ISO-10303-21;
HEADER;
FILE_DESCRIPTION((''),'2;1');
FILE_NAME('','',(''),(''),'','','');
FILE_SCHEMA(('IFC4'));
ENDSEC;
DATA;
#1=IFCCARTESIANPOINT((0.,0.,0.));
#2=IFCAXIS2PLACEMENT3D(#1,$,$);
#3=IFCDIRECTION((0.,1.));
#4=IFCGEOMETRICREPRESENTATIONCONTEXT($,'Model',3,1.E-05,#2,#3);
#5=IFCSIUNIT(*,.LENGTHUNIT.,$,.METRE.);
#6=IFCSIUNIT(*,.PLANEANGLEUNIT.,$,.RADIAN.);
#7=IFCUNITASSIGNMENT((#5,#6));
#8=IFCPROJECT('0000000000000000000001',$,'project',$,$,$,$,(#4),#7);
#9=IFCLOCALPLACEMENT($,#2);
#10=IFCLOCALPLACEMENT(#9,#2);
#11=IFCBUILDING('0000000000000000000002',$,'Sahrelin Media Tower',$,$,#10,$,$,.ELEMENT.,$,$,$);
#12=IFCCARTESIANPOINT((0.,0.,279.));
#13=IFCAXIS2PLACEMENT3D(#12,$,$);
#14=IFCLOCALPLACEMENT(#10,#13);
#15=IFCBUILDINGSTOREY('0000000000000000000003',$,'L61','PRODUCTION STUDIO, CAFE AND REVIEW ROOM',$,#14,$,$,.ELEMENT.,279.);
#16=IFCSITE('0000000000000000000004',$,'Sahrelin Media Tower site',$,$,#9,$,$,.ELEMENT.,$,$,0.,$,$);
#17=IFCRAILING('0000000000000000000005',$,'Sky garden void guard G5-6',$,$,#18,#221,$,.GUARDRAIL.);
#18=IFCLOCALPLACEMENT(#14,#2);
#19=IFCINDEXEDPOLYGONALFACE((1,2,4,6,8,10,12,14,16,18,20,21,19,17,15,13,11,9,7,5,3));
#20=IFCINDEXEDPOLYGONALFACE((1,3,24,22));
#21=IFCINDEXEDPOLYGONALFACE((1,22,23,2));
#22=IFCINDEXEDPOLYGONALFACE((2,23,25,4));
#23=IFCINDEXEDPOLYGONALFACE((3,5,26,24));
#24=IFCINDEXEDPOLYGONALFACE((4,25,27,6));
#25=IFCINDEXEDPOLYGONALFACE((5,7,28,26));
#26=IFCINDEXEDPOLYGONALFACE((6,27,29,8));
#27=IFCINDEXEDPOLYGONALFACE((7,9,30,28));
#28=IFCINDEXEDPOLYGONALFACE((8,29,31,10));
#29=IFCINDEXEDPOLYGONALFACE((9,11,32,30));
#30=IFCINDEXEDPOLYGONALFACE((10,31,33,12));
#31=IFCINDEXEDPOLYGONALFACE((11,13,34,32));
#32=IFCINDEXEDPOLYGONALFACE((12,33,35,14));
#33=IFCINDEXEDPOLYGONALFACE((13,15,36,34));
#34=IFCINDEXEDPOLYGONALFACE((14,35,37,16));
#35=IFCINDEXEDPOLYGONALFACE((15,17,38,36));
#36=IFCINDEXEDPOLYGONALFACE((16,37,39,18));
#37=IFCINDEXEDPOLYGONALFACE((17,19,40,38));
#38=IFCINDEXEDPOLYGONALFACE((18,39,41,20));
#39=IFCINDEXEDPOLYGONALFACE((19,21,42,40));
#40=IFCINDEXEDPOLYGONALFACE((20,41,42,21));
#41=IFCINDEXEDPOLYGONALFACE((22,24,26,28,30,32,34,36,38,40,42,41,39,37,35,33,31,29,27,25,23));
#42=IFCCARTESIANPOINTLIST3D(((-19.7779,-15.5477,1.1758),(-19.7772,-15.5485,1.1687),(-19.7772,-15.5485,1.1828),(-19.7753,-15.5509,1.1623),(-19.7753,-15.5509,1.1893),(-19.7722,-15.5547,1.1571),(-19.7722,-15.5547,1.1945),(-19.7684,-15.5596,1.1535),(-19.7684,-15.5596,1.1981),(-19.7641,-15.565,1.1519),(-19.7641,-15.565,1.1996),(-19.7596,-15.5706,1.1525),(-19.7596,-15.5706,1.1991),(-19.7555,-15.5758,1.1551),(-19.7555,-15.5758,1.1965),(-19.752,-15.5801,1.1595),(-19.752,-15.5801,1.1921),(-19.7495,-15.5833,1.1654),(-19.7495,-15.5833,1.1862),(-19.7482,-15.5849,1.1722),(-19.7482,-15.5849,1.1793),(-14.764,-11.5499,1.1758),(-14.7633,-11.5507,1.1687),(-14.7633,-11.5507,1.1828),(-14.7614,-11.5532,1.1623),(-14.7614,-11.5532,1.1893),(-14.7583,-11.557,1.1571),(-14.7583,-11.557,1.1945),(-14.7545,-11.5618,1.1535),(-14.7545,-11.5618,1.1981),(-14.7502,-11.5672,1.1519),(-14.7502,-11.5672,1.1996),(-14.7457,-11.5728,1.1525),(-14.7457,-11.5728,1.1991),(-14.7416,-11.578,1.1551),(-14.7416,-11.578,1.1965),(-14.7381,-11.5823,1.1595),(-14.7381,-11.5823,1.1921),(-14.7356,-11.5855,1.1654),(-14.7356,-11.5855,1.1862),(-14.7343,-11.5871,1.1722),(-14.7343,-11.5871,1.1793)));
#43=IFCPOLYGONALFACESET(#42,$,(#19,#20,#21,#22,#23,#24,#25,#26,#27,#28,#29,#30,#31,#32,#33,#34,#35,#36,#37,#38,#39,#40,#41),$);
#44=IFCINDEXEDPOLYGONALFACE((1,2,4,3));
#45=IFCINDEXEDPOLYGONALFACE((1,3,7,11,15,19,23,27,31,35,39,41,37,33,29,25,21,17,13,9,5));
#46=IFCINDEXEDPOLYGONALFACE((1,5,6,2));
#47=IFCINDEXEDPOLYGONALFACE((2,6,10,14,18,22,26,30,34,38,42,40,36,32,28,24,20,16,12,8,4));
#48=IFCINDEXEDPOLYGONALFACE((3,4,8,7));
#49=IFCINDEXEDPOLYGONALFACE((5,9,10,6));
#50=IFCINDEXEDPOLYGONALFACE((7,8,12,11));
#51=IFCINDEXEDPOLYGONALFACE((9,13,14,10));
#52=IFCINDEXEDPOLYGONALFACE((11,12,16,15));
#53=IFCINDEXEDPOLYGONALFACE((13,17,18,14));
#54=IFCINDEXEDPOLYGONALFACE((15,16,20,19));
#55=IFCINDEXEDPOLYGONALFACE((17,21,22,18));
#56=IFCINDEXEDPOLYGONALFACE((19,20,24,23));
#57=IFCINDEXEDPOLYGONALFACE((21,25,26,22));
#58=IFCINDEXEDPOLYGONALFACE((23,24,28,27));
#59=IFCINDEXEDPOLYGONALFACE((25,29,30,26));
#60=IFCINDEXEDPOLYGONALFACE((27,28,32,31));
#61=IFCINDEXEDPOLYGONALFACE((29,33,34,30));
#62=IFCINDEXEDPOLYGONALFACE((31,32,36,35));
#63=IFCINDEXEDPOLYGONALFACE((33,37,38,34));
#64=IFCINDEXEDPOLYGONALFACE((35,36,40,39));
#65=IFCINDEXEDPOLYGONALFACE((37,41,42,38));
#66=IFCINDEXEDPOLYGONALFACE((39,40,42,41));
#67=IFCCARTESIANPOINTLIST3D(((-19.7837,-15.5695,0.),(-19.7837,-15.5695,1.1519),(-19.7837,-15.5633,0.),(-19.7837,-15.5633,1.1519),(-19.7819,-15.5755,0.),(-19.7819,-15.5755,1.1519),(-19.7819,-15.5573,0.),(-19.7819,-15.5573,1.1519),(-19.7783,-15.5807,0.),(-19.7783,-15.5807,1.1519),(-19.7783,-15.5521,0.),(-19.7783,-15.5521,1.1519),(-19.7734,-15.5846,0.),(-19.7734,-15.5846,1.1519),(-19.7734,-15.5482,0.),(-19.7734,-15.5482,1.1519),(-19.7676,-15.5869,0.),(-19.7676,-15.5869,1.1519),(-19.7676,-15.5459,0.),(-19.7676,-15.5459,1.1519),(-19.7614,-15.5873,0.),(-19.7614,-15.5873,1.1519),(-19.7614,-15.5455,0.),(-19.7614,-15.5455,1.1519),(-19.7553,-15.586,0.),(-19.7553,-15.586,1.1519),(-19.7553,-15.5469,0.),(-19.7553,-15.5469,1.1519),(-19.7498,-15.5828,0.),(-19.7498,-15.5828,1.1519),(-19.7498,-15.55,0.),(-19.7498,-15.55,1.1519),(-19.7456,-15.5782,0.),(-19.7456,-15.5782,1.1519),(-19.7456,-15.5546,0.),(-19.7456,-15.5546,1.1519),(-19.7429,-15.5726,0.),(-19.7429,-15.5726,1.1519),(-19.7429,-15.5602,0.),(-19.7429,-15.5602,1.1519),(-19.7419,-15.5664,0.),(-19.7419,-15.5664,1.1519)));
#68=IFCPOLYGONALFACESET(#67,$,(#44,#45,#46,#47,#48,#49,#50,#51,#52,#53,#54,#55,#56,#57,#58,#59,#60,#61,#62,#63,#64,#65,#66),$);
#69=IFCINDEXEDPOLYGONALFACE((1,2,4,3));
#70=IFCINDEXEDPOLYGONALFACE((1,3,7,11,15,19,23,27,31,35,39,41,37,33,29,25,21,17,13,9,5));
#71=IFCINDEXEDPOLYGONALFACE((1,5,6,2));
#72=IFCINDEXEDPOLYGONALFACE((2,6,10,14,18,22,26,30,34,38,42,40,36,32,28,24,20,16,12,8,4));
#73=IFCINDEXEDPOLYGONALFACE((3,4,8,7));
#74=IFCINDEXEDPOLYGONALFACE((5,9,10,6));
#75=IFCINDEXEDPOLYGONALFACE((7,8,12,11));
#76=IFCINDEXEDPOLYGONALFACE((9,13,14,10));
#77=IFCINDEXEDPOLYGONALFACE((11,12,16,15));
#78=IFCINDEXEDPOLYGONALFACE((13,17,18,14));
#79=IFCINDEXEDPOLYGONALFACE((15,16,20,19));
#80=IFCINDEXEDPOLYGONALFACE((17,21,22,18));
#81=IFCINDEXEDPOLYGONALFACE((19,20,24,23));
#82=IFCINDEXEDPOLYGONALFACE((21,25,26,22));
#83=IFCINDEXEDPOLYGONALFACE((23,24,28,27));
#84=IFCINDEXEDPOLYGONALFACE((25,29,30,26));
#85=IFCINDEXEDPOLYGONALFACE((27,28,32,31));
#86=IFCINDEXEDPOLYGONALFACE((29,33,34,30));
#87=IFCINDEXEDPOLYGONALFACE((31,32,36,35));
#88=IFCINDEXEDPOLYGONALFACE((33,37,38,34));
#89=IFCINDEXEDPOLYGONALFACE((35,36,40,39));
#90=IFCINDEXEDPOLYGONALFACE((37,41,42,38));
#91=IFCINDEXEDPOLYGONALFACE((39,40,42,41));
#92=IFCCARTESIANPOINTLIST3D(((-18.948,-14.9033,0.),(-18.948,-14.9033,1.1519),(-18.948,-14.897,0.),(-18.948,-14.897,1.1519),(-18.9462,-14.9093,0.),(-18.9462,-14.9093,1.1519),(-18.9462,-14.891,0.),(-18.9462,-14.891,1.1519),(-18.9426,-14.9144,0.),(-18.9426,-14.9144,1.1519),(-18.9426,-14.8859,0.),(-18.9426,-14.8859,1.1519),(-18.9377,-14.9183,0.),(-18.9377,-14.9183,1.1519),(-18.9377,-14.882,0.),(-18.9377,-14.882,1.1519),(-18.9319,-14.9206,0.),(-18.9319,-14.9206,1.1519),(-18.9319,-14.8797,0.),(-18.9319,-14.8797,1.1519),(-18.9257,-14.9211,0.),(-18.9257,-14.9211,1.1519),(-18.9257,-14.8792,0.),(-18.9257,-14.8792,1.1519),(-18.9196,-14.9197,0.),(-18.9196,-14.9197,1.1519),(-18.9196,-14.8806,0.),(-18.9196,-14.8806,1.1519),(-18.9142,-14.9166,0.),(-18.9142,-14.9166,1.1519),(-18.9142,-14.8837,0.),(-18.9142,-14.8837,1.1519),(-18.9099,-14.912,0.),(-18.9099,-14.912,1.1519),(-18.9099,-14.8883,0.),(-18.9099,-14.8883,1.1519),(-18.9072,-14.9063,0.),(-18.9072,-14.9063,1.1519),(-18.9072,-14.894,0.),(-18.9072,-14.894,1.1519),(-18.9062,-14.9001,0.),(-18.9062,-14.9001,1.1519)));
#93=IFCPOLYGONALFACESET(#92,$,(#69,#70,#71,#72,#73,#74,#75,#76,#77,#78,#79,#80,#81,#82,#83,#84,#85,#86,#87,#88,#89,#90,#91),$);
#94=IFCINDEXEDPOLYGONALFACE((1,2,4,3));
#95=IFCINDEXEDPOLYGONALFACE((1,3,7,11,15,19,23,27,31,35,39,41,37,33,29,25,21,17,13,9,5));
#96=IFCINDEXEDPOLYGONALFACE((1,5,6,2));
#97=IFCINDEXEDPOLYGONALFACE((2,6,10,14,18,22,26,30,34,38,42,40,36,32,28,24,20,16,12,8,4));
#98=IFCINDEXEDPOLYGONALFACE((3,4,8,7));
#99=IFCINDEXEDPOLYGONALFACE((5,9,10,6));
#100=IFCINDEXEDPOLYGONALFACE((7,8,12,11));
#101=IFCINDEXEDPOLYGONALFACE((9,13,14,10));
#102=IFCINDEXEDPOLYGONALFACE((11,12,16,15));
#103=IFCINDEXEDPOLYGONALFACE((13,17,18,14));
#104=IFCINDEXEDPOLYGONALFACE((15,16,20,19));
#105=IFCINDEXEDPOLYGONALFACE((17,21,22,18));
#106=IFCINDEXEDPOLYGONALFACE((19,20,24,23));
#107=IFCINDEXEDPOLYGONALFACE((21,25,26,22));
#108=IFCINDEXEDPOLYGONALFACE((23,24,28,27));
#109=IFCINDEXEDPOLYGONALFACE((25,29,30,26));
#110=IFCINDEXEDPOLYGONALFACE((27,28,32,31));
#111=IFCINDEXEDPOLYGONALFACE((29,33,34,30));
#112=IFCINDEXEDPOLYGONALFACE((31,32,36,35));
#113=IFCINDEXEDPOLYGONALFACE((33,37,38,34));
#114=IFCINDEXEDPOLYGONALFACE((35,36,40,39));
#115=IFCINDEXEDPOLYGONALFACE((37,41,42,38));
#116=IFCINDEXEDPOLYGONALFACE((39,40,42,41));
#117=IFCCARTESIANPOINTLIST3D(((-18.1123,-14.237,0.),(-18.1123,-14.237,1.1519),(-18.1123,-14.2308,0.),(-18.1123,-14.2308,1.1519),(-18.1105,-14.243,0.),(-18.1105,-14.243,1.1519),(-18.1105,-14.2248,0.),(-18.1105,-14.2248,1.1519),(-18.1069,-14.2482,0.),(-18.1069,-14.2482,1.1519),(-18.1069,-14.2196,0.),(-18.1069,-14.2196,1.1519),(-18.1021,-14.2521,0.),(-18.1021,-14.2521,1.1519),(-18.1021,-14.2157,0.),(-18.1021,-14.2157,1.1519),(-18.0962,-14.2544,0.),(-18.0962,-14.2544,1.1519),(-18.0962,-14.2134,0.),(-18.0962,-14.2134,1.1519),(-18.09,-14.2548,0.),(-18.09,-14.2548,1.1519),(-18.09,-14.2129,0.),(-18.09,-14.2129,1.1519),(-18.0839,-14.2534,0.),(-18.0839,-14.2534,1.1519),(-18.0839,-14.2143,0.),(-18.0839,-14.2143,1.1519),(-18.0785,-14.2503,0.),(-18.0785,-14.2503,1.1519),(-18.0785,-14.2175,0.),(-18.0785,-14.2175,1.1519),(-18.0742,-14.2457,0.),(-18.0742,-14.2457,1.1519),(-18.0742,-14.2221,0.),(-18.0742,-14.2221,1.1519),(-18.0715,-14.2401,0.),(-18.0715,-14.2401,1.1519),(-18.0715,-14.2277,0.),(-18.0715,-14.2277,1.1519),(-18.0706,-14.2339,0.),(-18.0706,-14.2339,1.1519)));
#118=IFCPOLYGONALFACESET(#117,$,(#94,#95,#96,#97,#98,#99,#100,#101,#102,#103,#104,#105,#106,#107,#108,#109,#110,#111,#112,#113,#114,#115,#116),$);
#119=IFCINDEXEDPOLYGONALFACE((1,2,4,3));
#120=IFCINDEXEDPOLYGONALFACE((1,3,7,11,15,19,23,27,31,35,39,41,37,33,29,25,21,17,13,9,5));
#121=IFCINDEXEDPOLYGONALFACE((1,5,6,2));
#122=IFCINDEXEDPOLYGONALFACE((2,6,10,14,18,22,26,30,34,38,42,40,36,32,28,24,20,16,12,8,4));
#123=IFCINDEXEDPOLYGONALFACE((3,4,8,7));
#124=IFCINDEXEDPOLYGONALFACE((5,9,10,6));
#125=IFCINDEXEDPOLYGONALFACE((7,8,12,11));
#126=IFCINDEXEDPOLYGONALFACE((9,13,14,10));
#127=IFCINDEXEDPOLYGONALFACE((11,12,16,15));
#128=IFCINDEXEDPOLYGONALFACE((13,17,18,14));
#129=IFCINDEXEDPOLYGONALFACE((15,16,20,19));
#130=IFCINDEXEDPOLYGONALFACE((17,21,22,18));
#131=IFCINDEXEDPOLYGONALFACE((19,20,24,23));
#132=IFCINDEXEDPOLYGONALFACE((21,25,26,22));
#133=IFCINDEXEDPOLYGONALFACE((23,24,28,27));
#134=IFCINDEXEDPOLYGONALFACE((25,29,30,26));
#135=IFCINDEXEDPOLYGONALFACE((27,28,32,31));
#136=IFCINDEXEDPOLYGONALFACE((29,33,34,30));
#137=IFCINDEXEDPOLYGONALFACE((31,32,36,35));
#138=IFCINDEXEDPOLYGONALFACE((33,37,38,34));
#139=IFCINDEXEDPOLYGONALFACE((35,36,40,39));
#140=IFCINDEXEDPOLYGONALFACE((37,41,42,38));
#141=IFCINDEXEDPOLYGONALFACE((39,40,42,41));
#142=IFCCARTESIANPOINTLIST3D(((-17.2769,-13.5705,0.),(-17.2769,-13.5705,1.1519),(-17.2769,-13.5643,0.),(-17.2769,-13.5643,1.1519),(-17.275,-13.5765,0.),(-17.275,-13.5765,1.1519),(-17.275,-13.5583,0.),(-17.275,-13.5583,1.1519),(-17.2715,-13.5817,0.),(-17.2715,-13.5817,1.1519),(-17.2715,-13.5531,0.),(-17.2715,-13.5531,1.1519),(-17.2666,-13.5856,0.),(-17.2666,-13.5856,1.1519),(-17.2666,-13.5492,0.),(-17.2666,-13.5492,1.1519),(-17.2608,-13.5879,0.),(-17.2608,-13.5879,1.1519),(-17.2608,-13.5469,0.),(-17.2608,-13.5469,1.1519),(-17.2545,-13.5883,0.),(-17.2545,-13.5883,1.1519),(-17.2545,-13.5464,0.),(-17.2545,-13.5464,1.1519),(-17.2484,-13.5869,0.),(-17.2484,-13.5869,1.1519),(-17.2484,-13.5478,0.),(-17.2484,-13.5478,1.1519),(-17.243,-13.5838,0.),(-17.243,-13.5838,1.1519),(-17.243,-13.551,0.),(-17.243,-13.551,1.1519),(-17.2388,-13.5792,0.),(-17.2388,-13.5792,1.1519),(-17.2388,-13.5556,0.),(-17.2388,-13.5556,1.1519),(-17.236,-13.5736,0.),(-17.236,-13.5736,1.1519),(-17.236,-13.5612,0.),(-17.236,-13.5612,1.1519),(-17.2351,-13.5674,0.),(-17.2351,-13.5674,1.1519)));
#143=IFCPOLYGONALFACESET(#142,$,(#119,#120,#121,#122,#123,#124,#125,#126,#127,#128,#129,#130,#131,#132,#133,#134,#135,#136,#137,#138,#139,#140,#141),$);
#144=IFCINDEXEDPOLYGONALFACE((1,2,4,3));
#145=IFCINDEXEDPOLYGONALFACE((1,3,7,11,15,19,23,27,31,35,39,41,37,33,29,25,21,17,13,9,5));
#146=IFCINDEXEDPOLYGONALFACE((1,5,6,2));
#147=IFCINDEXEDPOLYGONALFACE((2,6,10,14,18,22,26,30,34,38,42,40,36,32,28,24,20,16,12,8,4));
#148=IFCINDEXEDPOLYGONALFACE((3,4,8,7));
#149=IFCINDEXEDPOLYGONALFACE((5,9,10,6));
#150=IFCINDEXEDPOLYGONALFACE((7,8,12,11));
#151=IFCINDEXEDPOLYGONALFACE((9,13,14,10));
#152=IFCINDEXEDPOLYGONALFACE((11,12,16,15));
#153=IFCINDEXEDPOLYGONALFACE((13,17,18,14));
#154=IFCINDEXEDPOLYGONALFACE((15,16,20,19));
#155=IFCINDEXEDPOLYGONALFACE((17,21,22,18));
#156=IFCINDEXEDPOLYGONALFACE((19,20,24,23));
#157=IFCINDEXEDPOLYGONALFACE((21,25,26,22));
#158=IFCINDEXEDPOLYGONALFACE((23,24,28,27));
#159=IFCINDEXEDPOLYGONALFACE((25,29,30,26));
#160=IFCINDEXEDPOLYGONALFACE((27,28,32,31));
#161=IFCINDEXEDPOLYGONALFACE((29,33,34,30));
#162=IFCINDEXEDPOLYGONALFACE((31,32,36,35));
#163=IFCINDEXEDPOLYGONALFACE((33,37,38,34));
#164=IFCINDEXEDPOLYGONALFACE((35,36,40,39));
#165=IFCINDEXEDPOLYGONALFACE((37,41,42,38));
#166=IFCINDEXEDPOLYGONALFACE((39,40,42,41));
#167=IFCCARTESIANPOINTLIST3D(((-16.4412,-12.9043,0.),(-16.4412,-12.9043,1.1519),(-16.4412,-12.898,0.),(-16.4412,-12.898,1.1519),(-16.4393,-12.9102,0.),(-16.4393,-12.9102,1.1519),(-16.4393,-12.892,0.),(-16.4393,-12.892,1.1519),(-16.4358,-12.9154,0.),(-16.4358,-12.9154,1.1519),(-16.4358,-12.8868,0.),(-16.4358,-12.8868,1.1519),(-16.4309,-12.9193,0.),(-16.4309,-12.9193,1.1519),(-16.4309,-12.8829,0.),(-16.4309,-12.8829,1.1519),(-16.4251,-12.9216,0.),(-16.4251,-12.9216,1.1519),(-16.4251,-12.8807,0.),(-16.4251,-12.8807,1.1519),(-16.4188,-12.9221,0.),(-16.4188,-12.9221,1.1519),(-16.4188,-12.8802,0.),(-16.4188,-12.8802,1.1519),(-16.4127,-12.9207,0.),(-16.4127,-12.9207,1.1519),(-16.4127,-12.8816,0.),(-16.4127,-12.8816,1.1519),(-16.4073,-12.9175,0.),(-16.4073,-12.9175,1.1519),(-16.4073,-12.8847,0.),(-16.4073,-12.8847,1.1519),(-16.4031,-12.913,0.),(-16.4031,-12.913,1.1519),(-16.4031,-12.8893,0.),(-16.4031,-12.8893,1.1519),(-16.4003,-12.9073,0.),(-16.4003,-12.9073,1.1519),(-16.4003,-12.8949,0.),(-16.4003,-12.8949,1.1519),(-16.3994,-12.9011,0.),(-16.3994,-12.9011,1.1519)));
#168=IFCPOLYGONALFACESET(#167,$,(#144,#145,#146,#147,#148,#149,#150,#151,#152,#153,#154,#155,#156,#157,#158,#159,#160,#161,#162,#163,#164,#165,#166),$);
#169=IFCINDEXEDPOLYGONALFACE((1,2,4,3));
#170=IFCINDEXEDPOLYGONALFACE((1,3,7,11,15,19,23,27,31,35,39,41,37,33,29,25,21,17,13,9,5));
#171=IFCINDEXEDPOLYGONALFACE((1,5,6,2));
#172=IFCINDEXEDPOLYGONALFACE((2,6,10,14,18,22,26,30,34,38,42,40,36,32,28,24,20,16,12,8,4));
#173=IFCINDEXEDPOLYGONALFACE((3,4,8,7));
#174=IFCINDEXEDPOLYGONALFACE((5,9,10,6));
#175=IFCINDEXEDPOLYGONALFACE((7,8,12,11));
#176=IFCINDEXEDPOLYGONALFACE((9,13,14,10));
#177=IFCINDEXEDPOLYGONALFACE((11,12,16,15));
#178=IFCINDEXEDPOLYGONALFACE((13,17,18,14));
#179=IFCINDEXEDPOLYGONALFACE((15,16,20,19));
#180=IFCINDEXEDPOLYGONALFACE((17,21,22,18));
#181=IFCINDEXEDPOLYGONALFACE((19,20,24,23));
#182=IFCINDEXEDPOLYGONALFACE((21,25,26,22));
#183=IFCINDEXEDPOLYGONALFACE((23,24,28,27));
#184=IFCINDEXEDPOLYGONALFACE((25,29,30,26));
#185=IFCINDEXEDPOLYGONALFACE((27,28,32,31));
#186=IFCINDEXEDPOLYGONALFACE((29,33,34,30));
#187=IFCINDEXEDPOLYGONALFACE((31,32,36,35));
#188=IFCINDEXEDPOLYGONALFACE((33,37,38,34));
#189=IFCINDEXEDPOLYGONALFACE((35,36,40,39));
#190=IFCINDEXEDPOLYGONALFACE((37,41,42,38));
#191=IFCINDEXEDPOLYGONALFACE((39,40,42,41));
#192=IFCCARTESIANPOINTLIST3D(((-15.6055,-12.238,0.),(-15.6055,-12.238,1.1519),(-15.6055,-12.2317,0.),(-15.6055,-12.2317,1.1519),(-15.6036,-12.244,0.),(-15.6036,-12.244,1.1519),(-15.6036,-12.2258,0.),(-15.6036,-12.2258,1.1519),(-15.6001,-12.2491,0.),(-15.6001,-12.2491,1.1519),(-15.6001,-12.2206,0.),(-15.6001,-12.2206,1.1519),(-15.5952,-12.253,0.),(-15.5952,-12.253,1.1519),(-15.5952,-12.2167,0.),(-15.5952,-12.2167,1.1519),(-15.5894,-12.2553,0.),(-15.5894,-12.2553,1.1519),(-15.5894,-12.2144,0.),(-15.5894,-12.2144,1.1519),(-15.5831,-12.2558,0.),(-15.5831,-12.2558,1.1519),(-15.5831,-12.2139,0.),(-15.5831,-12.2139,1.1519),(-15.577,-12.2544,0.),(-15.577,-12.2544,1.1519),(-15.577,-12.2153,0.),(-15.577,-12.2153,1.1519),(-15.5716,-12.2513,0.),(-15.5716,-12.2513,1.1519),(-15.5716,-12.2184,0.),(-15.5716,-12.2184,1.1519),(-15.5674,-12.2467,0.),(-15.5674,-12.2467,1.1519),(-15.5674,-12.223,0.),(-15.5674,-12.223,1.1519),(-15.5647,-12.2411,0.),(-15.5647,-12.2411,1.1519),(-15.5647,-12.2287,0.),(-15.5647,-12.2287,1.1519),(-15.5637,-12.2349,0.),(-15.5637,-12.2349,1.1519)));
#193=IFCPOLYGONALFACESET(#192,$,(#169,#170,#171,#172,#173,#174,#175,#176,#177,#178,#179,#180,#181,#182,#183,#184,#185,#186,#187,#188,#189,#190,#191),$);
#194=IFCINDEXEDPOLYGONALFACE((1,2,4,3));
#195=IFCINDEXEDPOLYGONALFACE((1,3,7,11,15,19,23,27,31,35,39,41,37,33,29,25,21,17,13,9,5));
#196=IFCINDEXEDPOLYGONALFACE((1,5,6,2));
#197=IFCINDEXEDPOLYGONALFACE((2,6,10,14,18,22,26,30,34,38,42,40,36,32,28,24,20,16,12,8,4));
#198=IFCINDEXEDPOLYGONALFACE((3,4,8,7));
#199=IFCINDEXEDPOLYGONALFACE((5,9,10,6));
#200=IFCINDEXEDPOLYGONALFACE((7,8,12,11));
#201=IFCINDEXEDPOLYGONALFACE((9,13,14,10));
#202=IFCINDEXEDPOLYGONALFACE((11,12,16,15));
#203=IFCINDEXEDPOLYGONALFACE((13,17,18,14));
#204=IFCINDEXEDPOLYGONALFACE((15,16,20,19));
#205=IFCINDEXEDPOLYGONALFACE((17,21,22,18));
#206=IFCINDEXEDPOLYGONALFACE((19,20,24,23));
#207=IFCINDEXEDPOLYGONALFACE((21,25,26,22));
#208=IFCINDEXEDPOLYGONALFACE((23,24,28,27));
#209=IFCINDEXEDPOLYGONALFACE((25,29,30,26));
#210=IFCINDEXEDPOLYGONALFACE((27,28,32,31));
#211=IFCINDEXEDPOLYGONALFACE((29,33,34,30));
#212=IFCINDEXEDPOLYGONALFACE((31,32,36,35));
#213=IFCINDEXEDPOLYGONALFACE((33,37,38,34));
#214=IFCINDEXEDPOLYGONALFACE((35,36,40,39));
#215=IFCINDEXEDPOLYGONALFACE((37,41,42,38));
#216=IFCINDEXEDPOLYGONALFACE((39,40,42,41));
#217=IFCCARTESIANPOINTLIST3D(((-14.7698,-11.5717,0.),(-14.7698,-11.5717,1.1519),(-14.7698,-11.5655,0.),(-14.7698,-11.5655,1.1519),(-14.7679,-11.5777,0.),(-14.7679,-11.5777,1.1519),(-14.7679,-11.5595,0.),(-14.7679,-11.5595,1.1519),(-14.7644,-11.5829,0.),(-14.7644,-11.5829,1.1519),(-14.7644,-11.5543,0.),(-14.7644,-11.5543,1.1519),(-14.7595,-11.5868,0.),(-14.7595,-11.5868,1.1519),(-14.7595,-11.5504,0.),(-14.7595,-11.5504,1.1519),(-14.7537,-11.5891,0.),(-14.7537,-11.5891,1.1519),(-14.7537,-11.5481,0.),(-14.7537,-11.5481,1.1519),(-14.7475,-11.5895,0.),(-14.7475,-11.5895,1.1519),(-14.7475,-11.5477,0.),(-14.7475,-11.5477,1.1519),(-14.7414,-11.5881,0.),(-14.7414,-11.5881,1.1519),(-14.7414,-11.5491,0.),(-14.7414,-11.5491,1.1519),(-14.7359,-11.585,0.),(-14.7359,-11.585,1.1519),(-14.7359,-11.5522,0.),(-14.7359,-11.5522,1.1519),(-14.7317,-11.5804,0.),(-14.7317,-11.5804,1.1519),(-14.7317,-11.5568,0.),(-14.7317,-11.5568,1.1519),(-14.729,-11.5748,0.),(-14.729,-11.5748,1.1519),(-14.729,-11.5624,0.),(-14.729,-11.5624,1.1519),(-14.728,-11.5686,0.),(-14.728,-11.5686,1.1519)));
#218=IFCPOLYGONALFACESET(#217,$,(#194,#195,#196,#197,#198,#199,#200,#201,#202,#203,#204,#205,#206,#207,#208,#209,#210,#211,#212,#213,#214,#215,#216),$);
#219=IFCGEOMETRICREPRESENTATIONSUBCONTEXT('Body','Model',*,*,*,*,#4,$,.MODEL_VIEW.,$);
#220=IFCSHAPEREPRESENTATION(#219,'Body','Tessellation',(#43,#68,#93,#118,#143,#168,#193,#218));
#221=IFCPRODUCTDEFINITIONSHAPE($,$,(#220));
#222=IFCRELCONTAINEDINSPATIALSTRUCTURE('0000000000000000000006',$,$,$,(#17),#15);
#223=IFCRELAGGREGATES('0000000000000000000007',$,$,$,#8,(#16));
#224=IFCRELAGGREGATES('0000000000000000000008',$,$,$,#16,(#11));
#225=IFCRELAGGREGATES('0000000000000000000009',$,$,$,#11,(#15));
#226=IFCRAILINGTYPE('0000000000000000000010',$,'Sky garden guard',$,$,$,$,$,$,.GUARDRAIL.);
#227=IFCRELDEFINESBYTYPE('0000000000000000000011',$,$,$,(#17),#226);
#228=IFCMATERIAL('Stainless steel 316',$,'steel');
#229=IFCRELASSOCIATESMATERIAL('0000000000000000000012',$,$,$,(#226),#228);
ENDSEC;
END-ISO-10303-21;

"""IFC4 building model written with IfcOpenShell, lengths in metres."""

from ifc_helpers import new_model, si_unit, direction, frame, origin, origin_2d, place, context, subcontext, project, spatial, circle, extrude, material, type_object, element, save


model = new_model("IFC4")

# Units and contexts
model_context = context("Model", 3, precision=1e-05, world=origin(), true_north=direction((0.0, 1.0)))
body_context = subcontext(model_context, "Body", "Model", "MODEL_VIEW")
ifc_project = project(units=[si_unit("LENGTHUNIT", "METRE"), si_unit("PLANEANGLEUNIT", "RADIAN")], contexts=[model_context])

# Site, building, storey
site_placement = place(None, origin())
site = spatial("IfcSite", under=ifc_project, at=site_placement, Name="Sahrelin Media Tower site", CompositionType="ELEMENT", RefElevation=0.0)
building_placement = place(site_placement, origin())
building = spatial("IfcBuilding", under=site, at=building_placement, Name="Sahrelin Media Tower", CompositionType="ELEMENT")
storey_placement = place(building_placement, frame((0.0, 0.0, 279.0)))
storey = spatial("IfcBuildingStorey", under=building, at=storey_placement, Name="L61", Description="PRODUCTION STUDIO, CAFE AND REVIEW ROOM", CompositionType="ELEMENT", Elevation=279.0)

# Railing
ifc_material_1 = material(Name="Stainless steel 316", Category="steel")
railing_type = type_object("IfcRailingType", Name="Sky garden guard", PredefinedType="GUARDRAIL", material=ifc_material_1)
railing_placement = place(storey_placement, frame((-19.7629, -15.5664, 0.0)))
element("IfcRailing", 1, at=railing_placement, inside=storey, type_object=railing_type, Name="Sky garden void guard G5-6", PredefinedType="GUARDRAIL", context=body_context, shape_type="SweptSolid", body=[
    extrude(circle(Radius=0.0239, at=origin_2d()), frame((0.0, 0.0, 1.1758), z_axis=(0.781882, 0.623427, 0.0), x_axis=(-0.623427, 0.781882, 0.0)), (0.0, 0.0, 1.0), 6.4126),
    extrude(circle(Radius=0.021, at=origin_2d()), origin(), (0.0, 0.0, 1.0), 1.1519),
    extrude(circle(Radius=0.021, at=origin_2d()), frame((0.8357, 0.6663, 0.0)), (0.0, 0.0, 1.0), 1.1519),
    extrude(circle(Radius=0.021, at=origin_2d()), frame((1.6714, 1.3325, 0.0)), (0.0, 0.0, 1.0), 1.1519),
    extrude(circle(Radius=0.021, at=origin_2d()), frame((2.5068, 1.999, 0.0)), (0.0, 0.0, 1.0), 1.1519),
    extrude(circle(Radius=0.021, at=origin_2d()), frame((3.3425, 2.6653, 0.0)), (0.0, 0.0, 1.0), 1.1519),
    extrude(circle(Radius=0.021, at=origin_2d()), frame((4.1782, 3.3315, 0.0)), (0.0, 0.0, 1.0), 1.1519),
    extrude(circle(Radius=0.021, at=origin_2d()), frame((5.0139, 3.9978, 0.0)), (0.0, 0.0, 1.0), 1.1519),
])

save(model, "model.ifc")
